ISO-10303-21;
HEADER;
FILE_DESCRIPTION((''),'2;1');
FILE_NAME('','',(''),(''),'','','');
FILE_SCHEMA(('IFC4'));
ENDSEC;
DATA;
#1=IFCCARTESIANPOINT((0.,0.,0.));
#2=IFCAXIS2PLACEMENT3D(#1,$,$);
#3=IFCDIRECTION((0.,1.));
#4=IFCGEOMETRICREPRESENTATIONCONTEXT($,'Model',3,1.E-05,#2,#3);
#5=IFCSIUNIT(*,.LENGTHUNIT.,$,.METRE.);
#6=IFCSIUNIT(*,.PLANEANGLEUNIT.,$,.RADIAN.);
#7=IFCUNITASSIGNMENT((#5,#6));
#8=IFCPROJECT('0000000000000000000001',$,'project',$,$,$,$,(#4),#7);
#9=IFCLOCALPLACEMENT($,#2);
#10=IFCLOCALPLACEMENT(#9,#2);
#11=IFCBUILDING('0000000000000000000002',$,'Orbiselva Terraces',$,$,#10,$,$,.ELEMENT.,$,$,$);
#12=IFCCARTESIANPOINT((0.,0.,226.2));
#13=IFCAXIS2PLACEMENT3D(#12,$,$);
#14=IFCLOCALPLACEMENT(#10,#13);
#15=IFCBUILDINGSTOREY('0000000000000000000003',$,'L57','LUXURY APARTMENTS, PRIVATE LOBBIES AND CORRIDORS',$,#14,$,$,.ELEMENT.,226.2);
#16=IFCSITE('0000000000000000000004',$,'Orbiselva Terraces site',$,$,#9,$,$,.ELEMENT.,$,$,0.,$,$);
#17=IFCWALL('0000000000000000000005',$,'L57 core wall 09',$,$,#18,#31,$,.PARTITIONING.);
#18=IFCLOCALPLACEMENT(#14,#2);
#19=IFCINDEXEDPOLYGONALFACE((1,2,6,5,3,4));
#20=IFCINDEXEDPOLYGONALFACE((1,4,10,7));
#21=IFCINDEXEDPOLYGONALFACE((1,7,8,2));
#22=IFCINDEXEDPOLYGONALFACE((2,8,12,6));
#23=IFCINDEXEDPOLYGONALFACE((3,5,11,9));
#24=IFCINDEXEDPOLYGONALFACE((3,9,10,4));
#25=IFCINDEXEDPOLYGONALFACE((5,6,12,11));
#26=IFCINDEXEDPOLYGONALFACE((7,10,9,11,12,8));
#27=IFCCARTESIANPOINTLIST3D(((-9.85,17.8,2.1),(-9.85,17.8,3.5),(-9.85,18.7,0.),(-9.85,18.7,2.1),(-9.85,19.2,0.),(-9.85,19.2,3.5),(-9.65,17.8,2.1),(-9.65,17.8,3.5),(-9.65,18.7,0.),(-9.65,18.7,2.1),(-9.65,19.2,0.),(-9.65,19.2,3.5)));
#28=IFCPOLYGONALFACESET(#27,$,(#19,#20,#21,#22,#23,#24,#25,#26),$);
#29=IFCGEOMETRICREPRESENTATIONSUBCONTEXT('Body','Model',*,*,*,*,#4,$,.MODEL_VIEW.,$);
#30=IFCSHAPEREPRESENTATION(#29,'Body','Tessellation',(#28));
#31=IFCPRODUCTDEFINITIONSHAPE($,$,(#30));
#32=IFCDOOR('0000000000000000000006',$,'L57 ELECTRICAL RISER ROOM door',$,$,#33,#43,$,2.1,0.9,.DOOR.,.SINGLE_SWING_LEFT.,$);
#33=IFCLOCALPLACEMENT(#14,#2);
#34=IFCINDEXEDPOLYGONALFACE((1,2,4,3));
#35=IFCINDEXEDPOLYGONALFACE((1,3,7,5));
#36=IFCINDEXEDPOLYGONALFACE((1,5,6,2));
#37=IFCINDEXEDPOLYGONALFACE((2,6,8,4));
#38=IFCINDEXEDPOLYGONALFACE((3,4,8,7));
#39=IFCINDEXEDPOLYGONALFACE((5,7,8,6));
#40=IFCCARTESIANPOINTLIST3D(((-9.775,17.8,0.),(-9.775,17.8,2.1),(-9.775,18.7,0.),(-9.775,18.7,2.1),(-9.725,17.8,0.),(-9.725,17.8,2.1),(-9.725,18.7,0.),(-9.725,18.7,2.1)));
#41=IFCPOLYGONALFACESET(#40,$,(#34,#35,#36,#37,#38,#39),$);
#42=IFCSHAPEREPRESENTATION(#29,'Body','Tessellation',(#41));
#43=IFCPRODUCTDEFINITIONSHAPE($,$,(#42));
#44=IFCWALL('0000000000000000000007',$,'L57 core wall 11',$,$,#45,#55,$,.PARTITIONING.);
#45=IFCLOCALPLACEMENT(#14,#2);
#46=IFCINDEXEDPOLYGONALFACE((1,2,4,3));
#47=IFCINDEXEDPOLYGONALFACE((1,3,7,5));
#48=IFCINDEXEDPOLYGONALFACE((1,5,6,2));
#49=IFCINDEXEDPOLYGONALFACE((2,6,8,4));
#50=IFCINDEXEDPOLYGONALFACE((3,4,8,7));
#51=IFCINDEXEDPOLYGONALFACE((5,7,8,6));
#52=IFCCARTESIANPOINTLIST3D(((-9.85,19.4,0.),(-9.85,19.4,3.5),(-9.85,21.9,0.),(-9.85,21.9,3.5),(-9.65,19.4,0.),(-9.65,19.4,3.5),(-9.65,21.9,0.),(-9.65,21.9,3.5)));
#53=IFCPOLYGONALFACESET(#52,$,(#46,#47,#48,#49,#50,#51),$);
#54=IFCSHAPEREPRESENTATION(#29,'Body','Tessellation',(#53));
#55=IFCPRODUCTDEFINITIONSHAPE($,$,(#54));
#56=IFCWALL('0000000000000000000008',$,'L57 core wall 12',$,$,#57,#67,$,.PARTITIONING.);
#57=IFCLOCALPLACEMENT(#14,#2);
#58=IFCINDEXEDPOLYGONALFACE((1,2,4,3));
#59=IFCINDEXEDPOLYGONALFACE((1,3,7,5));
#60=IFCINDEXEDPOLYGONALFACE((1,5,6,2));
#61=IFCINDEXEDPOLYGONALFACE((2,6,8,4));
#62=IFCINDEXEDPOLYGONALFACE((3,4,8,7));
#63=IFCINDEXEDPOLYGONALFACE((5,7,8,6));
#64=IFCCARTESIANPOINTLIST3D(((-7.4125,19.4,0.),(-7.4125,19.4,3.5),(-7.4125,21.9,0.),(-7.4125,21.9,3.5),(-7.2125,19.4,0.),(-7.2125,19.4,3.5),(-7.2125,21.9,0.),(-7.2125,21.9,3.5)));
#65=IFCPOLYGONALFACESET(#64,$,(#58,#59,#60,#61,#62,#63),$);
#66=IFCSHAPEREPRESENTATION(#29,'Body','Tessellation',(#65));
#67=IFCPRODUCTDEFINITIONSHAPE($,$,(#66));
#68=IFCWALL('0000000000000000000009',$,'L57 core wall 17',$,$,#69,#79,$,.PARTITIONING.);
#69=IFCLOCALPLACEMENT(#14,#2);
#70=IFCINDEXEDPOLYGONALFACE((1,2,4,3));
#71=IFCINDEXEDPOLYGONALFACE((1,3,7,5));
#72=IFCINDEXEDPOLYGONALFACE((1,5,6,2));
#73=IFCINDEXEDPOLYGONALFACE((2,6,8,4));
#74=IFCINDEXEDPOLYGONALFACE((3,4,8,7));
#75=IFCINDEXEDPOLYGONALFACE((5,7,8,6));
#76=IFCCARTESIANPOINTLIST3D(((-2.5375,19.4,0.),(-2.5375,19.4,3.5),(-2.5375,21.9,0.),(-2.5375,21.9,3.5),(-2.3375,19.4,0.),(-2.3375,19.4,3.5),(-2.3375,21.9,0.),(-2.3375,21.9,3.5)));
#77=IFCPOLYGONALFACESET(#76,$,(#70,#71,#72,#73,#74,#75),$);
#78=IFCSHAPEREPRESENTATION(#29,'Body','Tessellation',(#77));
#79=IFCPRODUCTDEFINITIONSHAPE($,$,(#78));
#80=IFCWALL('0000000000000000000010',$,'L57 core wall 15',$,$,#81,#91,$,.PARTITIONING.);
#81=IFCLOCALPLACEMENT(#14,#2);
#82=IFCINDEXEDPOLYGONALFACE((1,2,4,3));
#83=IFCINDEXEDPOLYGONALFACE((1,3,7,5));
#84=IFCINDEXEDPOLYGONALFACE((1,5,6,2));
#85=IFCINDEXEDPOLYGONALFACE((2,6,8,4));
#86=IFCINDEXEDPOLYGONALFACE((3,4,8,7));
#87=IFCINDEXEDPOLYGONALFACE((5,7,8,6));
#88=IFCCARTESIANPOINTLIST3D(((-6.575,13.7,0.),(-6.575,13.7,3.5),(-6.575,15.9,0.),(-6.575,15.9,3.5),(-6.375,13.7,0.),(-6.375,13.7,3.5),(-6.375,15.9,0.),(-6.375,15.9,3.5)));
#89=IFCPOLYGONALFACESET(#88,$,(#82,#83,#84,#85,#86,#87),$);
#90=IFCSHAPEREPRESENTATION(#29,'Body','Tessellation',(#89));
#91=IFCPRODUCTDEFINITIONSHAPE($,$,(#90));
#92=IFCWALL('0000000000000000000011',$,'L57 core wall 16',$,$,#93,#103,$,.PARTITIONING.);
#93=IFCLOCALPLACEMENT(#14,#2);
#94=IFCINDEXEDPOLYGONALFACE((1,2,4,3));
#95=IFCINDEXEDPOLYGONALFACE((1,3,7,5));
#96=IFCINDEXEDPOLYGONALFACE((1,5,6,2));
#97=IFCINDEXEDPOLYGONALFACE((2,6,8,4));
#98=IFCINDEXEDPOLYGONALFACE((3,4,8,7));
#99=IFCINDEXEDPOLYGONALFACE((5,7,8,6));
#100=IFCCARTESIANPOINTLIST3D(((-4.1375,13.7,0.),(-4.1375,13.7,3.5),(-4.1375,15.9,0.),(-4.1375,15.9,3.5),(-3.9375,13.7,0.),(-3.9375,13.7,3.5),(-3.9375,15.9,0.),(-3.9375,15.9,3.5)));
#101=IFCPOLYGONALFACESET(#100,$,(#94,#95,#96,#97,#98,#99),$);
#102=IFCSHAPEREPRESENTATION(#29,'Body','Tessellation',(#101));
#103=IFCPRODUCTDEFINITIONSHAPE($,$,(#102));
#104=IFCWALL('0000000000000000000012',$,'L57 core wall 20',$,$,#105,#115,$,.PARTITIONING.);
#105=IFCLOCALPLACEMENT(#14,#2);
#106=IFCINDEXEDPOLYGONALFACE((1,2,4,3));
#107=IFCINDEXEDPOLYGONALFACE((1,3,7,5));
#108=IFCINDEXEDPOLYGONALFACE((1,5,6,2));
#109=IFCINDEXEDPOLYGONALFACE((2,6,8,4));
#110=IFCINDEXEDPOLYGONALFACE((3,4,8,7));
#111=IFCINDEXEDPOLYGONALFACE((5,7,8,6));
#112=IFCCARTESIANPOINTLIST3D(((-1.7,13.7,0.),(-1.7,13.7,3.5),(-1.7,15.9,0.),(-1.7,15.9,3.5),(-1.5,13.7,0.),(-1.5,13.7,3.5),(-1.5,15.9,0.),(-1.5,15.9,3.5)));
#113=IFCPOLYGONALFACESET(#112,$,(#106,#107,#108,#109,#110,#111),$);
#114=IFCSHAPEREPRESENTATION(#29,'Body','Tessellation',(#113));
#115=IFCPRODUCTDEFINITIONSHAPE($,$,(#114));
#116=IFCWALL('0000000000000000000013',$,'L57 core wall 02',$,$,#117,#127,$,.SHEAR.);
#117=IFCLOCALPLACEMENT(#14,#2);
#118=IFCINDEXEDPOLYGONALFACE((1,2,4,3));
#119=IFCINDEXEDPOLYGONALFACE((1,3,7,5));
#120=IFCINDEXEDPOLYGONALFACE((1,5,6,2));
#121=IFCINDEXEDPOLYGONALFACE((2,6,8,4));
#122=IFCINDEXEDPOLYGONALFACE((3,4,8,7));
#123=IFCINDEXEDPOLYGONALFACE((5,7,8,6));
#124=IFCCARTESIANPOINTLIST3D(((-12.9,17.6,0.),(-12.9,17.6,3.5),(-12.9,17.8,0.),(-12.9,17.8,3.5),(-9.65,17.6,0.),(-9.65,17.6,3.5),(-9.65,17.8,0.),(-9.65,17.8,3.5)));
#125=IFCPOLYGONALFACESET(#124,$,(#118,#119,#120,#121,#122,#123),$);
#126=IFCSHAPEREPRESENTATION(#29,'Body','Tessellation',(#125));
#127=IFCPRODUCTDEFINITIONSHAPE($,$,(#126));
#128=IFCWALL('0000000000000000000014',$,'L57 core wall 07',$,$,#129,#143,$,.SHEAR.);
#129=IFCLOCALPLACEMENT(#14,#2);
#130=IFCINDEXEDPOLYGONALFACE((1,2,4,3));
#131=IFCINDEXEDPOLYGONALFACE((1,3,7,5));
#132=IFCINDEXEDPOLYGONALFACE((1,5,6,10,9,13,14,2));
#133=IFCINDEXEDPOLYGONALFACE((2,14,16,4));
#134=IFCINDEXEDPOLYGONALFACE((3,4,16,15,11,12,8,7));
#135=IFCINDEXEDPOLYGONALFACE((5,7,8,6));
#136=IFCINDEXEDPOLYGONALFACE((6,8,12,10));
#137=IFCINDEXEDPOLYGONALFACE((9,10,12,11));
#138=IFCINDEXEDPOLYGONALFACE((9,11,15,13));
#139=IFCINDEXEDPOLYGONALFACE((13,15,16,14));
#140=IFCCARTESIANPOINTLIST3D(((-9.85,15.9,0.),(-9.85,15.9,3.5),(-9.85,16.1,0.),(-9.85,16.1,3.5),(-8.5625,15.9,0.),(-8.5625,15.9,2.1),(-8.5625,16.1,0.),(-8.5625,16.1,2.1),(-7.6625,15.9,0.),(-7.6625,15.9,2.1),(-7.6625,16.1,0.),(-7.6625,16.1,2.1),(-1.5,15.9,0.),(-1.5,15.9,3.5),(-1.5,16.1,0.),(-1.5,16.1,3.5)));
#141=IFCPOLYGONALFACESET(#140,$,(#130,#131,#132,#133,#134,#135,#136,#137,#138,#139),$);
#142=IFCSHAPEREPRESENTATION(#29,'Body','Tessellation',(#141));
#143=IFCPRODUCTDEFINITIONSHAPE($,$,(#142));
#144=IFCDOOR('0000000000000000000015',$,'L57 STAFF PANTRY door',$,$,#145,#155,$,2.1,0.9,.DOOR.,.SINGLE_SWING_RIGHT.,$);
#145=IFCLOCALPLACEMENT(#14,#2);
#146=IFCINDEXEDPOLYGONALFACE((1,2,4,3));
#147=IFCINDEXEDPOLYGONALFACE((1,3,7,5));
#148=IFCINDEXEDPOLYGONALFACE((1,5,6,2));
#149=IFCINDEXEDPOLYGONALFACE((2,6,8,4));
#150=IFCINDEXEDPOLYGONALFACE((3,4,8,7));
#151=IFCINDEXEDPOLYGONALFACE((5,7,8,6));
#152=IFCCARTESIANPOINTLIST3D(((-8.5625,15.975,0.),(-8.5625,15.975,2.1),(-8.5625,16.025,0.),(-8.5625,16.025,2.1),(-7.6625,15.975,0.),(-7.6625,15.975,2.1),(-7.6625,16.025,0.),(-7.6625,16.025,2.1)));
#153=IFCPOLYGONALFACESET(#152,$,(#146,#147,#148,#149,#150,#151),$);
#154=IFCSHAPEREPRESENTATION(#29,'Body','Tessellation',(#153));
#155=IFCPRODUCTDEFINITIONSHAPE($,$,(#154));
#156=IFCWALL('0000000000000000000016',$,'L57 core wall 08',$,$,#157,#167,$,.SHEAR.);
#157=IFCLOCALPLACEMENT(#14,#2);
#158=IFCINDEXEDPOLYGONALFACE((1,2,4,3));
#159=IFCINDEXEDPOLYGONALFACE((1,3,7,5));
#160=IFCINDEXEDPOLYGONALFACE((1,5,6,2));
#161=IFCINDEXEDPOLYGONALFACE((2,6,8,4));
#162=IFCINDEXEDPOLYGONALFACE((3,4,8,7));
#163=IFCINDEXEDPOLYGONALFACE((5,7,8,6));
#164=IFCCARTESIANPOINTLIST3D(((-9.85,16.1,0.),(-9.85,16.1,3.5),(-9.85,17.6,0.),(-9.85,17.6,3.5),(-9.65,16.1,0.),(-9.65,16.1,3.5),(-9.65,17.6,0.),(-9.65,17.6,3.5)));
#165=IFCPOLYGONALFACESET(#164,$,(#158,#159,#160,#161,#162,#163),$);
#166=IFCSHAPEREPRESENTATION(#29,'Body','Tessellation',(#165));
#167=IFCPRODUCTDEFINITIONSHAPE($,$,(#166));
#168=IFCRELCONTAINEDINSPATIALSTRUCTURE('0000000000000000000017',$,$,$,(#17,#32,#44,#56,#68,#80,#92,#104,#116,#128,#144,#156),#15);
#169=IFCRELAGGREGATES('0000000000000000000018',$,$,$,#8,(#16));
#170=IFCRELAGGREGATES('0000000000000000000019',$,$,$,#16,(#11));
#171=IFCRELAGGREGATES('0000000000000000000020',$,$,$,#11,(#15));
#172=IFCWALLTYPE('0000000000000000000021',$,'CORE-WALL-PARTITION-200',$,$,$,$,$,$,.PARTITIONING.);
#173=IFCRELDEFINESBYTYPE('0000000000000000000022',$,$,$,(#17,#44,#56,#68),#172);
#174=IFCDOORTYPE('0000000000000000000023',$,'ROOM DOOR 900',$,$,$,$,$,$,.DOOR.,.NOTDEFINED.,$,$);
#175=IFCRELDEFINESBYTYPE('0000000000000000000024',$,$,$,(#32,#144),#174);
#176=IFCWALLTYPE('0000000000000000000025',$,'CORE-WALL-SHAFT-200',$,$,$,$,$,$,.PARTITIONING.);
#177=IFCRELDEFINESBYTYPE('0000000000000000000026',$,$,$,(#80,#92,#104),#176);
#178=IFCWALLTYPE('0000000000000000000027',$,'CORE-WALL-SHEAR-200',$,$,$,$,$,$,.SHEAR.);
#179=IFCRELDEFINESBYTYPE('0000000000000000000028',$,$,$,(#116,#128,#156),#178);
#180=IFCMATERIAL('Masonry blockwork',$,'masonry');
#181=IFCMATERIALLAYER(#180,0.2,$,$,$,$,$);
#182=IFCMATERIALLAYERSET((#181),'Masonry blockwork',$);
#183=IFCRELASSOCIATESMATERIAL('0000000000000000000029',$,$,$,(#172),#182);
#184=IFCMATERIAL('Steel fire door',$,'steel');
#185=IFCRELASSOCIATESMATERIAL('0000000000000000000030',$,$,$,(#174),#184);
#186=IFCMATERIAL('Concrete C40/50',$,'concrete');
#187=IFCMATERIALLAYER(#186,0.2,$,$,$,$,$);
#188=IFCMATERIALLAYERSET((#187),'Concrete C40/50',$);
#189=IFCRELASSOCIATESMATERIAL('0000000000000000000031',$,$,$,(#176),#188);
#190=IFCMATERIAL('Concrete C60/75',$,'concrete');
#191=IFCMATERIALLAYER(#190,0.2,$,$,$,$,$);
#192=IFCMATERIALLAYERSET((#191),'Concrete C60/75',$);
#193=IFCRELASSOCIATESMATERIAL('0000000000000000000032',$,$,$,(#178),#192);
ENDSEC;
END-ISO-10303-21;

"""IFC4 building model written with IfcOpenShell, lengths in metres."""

from ifc_helpers import new_model, si_unit, direction, frame, frame_2d, origin, place, context, subcontext, project, spatial, rectangle, extrude, material, layer, layer_set, type_object, element, fill, save


model = new_model("IFC4")

# Units and contexts
model_context = context("Model", 3, precision=1e-05, world=origin(), true_north=direction((0.0, 1.0)))
body_context = subcontext(model_context, "Body", "Model", "MODEL_VIEW")
ifc_project = project(units=[si_unit("LENGTHUNIT", "METRE"), si_unit("PLANEANGLEUNIT", "RADIAN")], contexts=[model_context])

# Site, building, storey
site_placement = place(None, origin())
site = spatial("IfcSite", under=ifc_project, at=site_placement, Name="Orbiselva Terraces site", CompositionType="ELEMENT", RefElevation=0.0)
building_placement = place(site_placement, origin())
building = spatial("IfcBuilding", under=site, at=building_placement, Name="Orbiselva Terraces", CompositionType="ELEMENT")
storey_placement = place(building_placement, frame((0.0, 0.0, 226.2)))
storey = spatial("IfcBuildingStorey", under=building, at=storey_placement, Name="L57", Description="LUXURY APARTMENTS, PRIVATE LOBBIES AND CORRIDORS", CompositionType="ELEMENT", Elevation=226.2)

# Wall, opening, door
ifc_material_1 = material(Name="Masonry blockwork", Category="masonry")
ifc_layer_1 = layer(ifc_material_1, 0.2)
ifc_layer_set_1 = layer_set([ifc_layer_1], Name="Masonry blockwork")
wall_type_1 = type_object("IfcWallType", Name="CORE-WALL-PARTITION-200", PredefinedType="PARTITIONING", material=ifc_layer_set_1)
wall_1_placement = place(storey_placement, frame((-9.75, 17.8, 0.0), z_axis=(0.0, 0.0, 1.0), x_axis=(0.0, 1.0, 0.0)))
wall_1 = element("IfcWall", 1, at=wall_1_placement, inside=storey, type_object=wall_type_1, Name="L57 core wall 09", PredefinedType="PARTITIONING", context=body_context, shape_type="SweptSolid", body=[
    extrude(rectangle(XDim=1.4, YDim=0.2, at=frame_2d((0.7, 0.0))), origin(), (0.0, 0.0, 1.0), 3.5),
])
opening_1_placement = place(wall_1_placement, origin())
opening_1 = element("IfcOpeningElement", 2, at=opening_1_placement, cuts=wall_1, PredefinedType="OPENING", context=body_context, shape_type="SweptSolid", body=[
    extrude(rectangle(XDim=0.9, YDim=2.1, at=frame_2d((0.45, 1.05))), frame((0.0, 0.11, 0.0), z_axis=(0.0, -1.0, 0.0), x_axis=(1.0, 0.0, 0.0)), (0.0, 0.0, 1.0), 0.22),
])
ifc_material_2 = material(Name="Steel fire door", Category="steel")
door_type_1 = type_object("IfcDoorType", Name="ROOM DOOR 900", OperationType="NOTDEFINED", PredefinedType="DOOR", material=ifc_material_2)
door_1_placement = place(opening_1_placement, origin())
door_1 = element("IfcDoor", 3, at=door_1_placement, inside=storey, type_object=door_type_1, Name="L57 ELECTRICAL RISER ROOM door", OperationType="SINGLE_SWING_LEFT", OverallHeight=2.1, OverallWidth=0.9, PredefinedType="DOOR", context=body_context, shape_type="SweptSolid", body=[
    extrude(rectangle(XDim=0.9, YDim=2.1, at=frame_2d((0.45, 1.05))), frame((0.0, 0.025, 0.0), z_axis=(0.0, -1.0, 0.0), x_axis=(1.0, 0.0, 0.0)), (0.0, 0.0, 1.0), 0.05),
])
fill(opening_1, door_1)

# Walls
for number, where, z_axis, x_axis, name in (
    (4, (-9.75, 19.4, 0.0), (0.0, 0.0, 1.0), (0.0, 1.0, 0.0), "L57 core wall 11"),
    (5, (-7.3125, 19.4, 0.0), (0.0, 0.0, 1.0), (0.0, 1.0, 0.0), "L57 core wall 12"),
    (6, (-2.4375, 19.4, 0.0), (0.0, 0.0, 1.0), (0.0, 1.0, 0.0), "L57 core wall 17"),
):
    element("IfcWall", number, at=place(storey_placement, frame(where, z_axis=z_axis, x_axis=x_axis)), inside=storey, type_object=wall_type_1, Name=name, PredefinedType="PARTITIONING", context=body_context, shape_type="SweptSolid", body=[
        extrude(rectangle(XDim=2.5, YDim=0.2, at=frame_2d((1.25, 0.0))), origin(), (0.0, 0.0, 1.0), 3.5),
    ])
ifc_material_3 = material(Name="Concrete C40/50", Category="concrete")
ifc_layer_2 = layer(ifc_material_3, 0.2)
ifc_layer_set_2 = layer_set([ifc_layer_2], Name="Concrete C40/50")
wall_type_2 = type_object("IfcWallType", Name="CORE-WALL-SHAFT-200", PredefinedType="PARTITIONING", material=ifc_layer_set_2)
for number, where, z_axis, x_axis, name in (
    (7, (-6.475, 13.7, 0.0), (0.0, 0.0, 1.0), (0.0, 1.0, 0.0), "L57 core wall 15"),
    (8, (-4.0375, 13.7, 0.0), (0.0, 0.0, 1.0), (0.0, 1.0, 0.0), "L57 core wall 16"),
    (9, (-1.6, 13.7, 0.0), (0.0, 0.0, 1.0), (0.0, 1.0, 0.0), "L57 core wall 20"),
):
    element("IfcWall", number, at=place(storey_placement, frame(where, z_axis=z_axis, x_axis=x_axis)), inside=storey, type_object=wall_type_2, Name=name, PredefinedType="PARTITIONING", context=body_context, shape_type="SweptSolid", body=[
        extrude(rectangle(XDim=2.2, YDim=0.2, at=frame_2d((1.1, 0.0))), origin(), (0.0, 0.0, 1.0), 3.5),
    ])
ifc_material_4 = material(Name="Concrete C60/75", Category="concrete")
ifc_layer_3 = layer(ifc_material_4, 0.2)
ifc_layer_set_3 = layer_set([ifc_layer_3], Name="Concrete C60/75")
wall_type_3 = type_object("IfcWallType", Name="CORE-WALL-SHEAR-200", PredefinedType="SHEAR", material=ifc_layer_set_3)
wall_2_placement = place(storey_placement, frame((-12.9, 17.7, 0.0), z_axis=(0.0, 0.0, 1.0), x_axis=(1.0, 0.0, 0.0)))
element("IfcWall", 10, at=wall_2_placement, inside=storey, type_object=wall_type_3, Name="L57 core wall 02", PredefinedType="SHEAR", context=body_context, shape_type="SweptSolid", body=[
    extrude(rectangle(XDim=3.25, YDim=0.2, at=frame_2d((1.625, 0.0))), origin(), (0.0, 0.0, 1.0), 3.5),
])

# Wall, opening, door
wall_3_placement = place(storey_placement, frame((-1.5, 16.0, 0.0), z_axis=(0.0, 0.0, 1.0), x_axis=(-1.0, 0.0, 0.0)))
wall_3 = element("IfcWall", 11, at=wall_3_placement, inside=storey, type_object=wall_type_3, Name="L57 core wall 07", PredefinedType="SHEAR", context=body_context, shape_type="SweptSolid", body=[
    extrude(rectangle(XDim=8.35, YDim=0.2, at=frame_2d((4.175, 0.0))), origin(), (0.0, 0.0, 1.0), 3.5),
])
opening_2_placement = place(wall_3_placement, frame((6.1625, 0.0, 0.0)))
opening_2 = element("IfcOpeningElement", 12, at=opening_2_placement, cuts=wall_3, PredefinedType="OPENING", context=body_context, shape_type="SweptSolid", body=[
    extrude(rectangle(XDim=0.9, YDim=2.1, at=frame_2d((0.45, 1.05))), frame((0.0, 0.11, 0.0), z_axis=(0.0, -1.0, 0.0), x_axis=(1.0, 0.0, 0.0)), (0.0, 0.0, 1.0), 0.22),
])
door_2_placement = place(opening_2_placement, origin())
door_2 = element("IfcDoor", 13, at=door_2_placement, inside=storey, type_object=door_type_1, Name="L57 STAFF PANTRY door", OperationType="SINGLE_SWING_RIGHT", OverallHeight=2.1, OverallWidth=0.9, PredefinedType="DOOR", context=body_context, shape_type="SweptSolid", body=[
    extrude(rectangle(XDim=0.9, YDim=2.1, at=frame_2d((0.45, 1.05))), frame((0.0, 0.025, 0.0), z_axis=(0.0, -1.0, 0.0), x_axis=(1.0, 0.0, 0.0)), (0.0, 0.0, 1.0), 0.05),
])
fill(opening_2, door_2)

# Wall
wall_4_placement = place(storey_placement, frame((-9.75, 16.1, 0.0), z_axis=(0.0, 0.0, 1.0), x_axis=(0.0, 1.0, 0.0)))
element("IfcWall", 14, at=wall_4_placement, inside=storey, type_object=wall_type_3, Name="L57 core wall 08", PredefinedType="SHEAR", context=body_context, shape_type="SweptSolid", body=[
    extrude(rectangle(XDim=1.5, YDim=0.2, at=frame_2d((0.75, 0.0))), origin(), (0.0, 0.0, 1.0), 3.5),
])

save(model, "model.ifc")
